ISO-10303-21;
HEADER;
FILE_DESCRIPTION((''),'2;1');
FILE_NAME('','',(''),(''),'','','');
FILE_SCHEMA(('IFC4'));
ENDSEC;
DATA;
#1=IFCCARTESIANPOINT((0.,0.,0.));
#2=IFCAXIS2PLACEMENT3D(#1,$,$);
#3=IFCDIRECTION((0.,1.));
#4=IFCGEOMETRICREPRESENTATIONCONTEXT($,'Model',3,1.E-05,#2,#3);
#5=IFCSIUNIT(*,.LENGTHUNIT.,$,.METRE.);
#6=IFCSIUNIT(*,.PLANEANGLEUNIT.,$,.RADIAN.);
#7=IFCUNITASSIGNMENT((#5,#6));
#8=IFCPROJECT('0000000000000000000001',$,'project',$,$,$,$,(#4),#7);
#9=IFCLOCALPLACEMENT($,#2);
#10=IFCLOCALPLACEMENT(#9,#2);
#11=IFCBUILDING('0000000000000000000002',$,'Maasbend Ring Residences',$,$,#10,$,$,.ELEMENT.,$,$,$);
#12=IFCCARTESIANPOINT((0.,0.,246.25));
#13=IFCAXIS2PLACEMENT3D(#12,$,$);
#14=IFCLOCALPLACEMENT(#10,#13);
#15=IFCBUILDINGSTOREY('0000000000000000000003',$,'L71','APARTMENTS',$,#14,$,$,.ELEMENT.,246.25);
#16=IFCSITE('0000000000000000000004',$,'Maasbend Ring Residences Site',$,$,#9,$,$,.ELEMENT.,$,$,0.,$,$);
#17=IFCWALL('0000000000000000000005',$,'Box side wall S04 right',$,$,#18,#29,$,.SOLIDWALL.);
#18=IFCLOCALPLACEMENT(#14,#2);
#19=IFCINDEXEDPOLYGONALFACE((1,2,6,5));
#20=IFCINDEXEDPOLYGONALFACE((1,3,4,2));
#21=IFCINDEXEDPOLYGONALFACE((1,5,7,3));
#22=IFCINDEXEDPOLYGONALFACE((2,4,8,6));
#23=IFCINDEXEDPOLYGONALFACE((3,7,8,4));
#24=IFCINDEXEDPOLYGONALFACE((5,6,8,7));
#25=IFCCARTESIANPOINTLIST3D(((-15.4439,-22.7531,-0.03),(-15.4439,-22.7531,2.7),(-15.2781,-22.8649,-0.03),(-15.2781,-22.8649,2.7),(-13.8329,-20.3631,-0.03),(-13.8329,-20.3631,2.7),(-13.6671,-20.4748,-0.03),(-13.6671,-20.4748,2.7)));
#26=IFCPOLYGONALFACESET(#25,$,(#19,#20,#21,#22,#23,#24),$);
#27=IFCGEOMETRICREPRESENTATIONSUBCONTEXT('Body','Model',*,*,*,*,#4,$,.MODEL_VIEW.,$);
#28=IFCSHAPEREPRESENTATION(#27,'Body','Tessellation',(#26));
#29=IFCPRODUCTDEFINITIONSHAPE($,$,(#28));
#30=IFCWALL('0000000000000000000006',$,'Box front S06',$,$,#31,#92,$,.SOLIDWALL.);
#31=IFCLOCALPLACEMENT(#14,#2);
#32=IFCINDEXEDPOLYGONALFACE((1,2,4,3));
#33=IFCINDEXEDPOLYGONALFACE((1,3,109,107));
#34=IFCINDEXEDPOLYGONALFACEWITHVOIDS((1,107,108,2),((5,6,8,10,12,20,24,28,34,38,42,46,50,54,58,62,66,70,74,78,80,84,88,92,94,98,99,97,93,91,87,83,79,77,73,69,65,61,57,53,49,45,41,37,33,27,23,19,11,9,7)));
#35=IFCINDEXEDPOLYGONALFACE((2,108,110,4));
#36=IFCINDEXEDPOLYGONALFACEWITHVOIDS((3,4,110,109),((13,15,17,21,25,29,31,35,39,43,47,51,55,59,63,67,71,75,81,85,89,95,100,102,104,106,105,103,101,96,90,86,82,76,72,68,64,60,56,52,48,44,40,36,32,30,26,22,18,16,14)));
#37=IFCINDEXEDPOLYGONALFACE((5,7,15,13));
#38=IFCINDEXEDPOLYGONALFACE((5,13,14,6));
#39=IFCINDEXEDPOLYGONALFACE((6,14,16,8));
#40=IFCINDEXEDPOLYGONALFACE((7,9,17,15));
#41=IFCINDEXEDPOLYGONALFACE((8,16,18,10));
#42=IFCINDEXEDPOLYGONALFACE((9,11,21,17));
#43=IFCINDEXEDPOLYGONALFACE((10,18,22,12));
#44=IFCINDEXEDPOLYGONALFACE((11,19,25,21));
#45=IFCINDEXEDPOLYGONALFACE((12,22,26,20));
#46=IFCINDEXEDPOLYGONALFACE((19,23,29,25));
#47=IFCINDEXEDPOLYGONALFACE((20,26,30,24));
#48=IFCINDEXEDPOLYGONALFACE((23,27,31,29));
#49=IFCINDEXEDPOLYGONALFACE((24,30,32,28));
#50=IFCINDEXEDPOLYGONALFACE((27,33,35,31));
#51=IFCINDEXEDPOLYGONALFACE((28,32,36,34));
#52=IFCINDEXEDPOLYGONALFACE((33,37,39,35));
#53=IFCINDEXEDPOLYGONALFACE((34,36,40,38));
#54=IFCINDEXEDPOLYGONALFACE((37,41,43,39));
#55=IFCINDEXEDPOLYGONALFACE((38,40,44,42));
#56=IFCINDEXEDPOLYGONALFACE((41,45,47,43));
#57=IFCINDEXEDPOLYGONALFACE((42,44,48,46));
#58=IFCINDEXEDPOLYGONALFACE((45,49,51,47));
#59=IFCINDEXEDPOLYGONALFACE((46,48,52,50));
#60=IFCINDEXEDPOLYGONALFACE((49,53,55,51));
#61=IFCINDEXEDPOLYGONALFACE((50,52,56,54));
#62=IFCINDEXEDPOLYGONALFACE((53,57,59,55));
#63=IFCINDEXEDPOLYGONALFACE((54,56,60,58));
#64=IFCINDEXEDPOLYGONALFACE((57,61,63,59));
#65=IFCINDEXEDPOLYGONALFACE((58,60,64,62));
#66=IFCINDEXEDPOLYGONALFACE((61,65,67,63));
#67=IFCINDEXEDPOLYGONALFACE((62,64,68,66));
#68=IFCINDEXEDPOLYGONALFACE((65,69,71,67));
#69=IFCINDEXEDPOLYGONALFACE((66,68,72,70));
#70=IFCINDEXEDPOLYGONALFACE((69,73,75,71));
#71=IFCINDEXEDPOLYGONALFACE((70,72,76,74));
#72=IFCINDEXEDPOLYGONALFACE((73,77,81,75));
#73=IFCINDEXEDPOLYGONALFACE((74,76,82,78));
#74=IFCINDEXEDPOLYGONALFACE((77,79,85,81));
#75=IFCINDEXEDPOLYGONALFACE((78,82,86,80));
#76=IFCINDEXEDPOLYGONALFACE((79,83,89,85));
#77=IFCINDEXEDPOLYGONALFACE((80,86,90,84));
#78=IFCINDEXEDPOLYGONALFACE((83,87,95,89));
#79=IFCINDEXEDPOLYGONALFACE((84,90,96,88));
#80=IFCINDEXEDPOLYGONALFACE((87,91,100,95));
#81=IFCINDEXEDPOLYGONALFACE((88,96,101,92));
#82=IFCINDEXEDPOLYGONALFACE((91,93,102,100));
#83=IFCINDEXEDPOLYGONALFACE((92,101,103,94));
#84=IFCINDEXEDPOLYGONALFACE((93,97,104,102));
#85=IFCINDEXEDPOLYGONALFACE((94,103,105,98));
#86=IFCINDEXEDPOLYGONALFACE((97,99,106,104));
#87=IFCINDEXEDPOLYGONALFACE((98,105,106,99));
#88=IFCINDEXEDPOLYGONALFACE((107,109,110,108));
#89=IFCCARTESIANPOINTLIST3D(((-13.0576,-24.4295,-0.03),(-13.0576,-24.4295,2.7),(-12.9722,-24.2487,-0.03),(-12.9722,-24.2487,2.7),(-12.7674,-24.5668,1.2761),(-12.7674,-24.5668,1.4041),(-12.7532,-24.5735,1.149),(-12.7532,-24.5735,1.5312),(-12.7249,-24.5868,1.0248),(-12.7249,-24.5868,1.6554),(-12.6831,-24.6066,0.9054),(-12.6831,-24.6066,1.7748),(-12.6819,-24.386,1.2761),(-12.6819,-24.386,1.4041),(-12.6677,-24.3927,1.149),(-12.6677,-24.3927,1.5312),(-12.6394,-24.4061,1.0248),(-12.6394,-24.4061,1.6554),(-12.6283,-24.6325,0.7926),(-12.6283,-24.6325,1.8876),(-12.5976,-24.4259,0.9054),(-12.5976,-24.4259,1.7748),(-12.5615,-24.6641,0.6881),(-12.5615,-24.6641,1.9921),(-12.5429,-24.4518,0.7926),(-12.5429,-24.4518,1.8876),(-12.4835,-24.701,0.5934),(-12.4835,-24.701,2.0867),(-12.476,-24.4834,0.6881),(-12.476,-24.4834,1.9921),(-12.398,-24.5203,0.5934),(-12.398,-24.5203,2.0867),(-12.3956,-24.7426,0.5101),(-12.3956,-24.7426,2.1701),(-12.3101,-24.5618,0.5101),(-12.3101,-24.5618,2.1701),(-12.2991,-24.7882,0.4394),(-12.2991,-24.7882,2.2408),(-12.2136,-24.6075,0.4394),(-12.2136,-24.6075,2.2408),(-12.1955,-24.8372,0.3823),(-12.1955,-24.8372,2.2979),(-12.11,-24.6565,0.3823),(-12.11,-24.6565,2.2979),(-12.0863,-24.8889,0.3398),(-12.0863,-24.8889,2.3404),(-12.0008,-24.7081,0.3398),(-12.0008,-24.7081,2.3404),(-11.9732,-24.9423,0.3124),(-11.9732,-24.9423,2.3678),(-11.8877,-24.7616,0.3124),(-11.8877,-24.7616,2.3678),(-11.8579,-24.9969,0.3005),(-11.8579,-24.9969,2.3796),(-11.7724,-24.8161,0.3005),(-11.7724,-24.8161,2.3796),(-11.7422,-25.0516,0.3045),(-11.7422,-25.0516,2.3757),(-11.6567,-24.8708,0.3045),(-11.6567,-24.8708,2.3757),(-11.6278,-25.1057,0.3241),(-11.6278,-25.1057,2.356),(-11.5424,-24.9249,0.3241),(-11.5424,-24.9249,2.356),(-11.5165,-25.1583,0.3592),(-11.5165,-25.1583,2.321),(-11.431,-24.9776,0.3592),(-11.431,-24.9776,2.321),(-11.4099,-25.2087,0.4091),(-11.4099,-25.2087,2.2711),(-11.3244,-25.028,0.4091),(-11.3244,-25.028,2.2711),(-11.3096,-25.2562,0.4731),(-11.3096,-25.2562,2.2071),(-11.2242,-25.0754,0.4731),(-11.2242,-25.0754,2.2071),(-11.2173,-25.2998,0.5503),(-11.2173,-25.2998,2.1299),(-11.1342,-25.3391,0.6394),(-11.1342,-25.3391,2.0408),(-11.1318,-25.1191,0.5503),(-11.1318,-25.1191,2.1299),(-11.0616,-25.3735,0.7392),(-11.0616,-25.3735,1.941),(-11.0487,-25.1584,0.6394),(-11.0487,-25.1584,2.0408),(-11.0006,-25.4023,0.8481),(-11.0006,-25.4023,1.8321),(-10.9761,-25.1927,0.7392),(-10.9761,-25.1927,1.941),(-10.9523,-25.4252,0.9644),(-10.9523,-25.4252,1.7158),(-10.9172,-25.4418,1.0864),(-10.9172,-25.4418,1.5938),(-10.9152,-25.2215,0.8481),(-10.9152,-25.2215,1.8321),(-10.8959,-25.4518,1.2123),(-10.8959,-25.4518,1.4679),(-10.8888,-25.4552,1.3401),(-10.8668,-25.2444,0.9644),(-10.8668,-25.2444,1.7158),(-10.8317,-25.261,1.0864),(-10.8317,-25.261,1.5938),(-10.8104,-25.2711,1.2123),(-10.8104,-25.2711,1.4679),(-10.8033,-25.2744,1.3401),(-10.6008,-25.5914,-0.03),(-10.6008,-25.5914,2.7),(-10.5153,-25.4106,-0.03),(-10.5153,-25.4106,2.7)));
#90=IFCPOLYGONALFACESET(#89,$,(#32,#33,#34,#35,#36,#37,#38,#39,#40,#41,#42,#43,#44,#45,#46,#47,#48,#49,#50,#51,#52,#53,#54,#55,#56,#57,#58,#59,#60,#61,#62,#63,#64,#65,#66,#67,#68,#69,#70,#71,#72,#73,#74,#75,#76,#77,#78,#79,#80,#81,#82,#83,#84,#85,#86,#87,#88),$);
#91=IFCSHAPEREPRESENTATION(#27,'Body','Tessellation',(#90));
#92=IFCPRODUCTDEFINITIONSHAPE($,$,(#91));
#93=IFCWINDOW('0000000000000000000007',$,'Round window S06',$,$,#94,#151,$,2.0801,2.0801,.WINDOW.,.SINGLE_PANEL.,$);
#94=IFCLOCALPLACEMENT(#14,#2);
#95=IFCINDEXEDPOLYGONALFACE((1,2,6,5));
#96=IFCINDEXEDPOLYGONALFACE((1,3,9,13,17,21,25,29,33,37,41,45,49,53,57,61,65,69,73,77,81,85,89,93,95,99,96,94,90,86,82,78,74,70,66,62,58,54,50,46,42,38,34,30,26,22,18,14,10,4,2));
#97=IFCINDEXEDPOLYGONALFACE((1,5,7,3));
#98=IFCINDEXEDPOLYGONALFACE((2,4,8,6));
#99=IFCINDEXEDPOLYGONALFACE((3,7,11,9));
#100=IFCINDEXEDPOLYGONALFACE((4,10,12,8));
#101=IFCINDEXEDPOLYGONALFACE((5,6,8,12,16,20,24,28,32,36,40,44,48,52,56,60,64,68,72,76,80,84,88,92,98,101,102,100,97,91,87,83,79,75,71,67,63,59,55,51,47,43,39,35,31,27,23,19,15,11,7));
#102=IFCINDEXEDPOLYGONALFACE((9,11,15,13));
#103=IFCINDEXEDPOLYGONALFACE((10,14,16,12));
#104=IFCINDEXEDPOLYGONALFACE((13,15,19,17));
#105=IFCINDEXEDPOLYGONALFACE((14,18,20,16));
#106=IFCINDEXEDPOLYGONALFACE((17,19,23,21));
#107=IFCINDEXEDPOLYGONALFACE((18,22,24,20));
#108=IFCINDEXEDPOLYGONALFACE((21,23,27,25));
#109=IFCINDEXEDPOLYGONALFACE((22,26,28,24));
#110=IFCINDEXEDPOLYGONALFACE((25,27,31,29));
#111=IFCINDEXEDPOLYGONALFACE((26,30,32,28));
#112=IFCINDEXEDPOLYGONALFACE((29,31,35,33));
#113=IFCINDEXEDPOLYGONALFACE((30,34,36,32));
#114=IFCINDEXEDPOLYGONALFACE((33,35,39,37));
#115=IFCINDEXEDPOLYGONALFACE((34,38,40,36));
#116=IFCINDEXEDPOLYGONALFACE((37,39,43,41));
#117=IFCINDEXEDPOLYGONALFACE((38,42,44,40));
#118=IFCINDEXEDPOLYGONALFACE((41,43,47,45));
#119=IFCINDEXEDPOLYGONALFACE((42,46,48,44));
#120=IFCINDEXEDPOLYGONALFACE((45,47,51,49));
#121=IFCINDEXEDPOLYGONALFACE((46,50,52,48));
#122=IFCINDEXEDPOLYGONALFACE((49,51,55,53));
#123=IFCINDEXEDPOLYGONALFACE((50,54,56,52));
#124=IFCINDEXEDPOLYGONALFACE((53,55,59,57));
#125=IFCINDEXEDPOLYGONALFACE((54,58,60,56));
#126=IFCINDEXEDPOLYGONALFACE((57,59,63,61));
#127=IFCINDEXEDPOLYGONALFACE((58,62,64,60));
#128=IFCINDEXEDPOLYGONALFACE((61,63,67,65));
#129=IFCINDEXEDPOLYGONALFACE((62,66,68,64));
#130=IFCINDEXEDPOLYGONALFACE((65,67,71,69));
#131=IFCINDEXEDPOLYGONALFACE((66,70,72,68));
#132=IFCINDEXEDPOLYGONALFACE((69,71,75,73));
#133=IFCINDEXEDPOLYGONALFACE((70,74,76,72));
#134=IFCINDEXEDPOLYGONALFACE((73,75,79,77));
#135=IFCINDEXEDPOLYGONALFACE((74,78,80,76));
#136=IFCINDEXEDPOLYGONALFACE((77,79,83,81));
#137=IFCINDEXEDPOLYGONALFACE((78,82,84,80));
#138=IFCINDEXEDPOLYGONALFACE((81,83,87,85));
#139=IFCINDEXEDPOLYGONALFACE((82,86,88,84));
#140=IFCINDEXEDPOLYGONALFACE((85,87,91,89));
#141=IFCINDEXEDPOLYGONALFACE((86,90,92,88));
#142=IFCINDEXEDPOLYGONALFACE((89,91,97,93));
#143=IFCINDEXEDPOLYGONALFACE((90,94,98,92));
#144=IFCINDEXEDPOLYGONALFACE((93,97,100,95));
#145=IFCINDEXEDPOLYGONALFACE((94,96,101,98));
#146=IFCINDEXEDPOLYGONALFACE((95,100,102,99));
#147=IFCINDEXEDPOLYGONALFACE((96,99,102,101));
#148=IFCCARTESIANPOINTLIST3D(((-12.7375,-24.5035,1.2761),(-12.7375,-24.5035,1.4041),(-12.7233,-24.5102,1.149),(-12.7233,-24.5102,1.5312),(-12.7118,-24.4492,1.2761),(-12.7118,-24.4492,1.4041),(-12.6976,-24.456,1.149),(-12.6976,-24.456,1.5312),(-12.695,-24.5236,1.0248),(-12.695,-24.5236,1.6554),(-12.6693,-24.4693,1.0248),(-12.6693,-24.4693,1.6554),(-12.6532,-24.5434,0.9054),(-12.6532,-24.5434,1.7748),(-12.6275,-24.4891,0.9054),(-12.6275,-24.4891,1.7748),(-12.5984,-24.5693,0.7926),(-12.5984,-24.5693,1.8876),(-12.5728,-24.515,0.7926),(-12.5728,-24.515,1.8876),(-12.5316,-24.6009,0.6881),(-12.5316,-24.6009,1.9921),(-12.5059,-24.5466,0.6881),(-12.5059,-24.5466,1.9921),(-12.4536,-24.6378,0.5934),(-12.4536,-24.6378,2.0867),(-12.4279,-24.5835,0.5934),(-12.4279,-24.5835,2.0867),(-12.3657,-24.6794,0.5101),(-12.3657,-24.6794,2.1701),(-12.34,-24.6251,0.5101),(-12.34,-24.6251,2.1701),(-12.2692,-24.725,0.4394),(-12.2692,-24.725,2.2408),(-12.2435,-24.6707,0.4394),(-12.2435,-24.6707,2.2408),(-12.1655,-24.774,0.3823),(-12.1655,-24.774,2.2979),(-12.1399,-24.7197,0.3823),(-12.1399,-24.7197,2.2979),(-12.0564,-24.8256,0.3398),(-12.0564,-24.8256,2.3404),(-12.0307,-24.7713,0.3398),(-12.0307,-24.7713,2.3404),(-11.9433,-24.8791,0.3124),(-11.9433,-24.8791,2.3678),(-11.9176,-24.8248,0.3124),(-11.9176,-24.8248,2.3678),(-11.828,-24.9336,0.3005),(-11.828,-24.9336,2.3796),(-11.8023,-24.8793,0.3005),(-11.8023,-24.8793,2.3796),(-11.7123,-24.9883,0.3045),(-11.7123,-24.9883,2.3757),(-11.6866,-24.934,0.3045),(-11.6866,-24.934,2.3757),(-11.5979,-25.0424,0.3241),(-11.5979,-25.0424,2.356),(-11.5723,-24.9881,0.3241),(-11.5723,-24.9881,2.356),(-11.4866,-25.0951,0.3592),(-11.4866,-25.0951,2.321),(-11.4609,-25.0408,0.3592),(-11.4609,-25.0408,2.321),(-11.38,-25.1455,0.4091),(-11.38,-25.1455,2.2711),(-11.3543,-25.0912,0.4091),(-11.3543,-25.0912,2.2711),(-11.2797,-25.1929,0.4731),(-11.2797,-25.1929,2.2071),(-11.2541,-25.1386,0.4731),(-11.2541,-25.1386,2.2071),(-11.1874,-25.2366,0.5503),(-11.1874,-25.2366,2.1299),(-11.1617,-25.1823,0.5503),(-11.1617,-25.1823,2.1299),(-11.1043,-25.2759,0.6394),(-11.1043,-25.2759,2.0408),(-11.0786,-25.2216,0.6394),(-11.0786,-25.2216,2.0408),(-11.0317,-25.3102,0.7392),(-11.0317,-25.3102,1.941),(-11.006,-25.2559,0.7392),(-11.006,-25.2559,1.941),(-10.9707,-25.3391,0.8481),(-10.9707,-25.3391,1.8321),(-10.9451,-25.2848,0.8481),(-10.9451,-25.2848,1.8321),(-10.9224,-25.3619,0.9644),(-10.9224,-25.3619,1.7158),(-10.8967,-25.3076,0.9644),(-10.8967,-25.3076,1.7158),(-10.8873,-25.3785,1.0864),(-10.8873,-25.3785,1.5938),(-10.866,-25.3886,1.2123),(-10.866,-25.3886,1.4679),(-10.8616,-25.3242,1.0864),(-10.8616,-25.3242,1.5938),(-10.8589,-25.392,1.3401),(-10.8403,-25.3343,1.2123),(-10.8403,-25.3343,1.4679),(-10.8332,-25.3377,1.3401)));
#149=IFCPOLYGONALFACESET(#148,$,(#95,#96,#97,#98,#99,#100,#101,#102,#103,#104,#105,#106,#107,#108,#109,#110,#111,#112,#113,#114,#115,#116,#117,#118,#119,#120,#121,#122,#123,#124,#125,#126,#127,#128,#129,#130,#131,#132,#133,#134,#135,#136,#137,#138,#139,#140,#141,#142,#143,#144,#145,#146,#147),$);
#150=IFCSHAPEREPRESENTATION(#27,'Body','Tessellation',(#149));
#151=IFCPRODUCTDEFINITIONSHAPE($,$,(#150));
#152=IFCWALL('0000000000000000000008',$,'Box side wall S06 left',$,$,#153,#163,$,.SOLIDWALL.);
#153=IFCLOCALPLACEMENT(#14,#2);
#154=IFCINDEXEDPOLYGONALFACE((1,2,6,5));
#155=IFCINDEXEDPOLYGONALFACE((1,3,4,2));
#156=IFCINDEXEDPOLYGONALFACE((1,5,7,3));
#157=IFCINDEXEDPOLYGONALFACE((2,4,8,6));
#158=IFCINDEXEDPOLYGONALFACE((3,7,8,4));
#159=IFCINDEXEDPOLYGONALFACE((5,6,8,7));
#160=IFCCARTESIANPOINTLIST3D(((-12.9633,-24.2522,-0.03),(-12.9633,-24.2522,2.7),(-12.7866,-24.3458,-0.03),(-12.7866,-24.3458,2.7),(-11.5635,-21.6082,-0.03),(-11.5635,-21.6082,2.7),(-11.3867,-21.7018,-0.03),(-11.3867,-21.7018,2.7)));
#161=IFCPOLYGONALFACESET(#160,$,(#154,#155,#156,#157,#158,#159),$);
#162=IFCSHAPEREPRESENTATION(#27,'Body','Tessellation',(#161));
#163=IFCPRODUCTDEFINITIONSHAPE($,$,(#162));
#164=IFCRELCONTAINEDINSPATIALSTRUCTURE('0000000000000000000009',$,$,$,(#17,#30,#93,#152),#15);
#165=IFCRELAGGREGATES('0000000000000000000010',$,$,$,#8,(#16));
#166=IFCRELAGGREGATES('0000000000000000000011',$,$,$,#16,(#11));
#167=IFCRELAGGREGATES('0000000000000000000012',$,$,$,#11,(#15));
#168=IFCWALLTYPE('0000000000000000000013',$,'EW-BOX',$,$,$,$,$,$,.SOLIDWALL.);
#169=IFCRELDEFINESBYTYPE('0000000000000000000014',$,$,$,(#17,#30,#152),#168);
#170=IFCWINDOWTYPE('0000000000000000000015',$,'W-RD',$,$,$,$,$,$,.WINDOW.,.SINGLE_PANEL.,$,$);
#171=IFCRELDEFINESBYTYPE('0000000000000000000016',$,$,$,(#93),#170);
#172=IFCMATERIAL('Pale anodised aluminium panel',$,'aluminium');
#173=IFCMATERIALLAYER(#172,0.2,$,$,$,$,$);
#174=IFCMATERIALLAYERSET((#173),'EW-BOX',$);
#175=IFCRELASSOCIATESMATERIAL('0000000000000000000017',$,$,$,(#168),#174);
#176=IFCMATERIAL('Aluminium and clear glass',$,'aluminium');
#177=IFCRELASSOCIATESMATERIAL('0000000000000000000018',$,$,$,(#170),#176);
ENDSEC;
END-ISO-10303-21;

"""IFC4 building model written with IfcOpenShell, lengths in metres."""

from ifc_helpers import new_model, si_unit, direction, frame, frame_2d, origin, place, context, subcontext, project, spatial, rectangle, circle, extrude, material, layer, layer_set, type_object, element, fill, save


model = new_model("IFC4")

# Units and contexts
model_context = context("Model", 3, precision=1e-05, world=origin(), true_north=direction((0.0, 1.0)))
body_context = subcontext(model_context, "Body", "Model", "MODEL_VIEW")
ifc_project = project(units=[si_unit("LENGTHUNIT", "METRE"), si_unit("PLANEANGLEUNIT", "RADIAN")], contexts=[model_context])

# Site, building, storey
site_placement = place(None, origin())
site = spatial("IfcSite", under=ifc_project, at=site_placement, Name="Maasbend Ring Residences Site", CompositionType="ELEMENT", RefElevation=0.0)
building_placement = place(site_placement, origin())
building = spatial("IfcBuilding", under=site, at=building_placement, Name="Maasbend Ring Residences", CompositionType="ELEMENT")
storey_placement = place(building_placement, frame((0.0, 0.0, 246.25)))
storey = spatial("IfcBuildingStorey", under=building, at=storey_placement, Name="L71", Description="APARTMENTS", CompositionType="ELEMENT", Elevation=246.25)

# Shared definitions
ifc_material_1 = material(Name="Pale anodised aluminium panel", Category="aluminium")
ifc_layer_1 = layer(ifc_material_1, 0.2)
ifc_layer_set_1 = layer_set([ifc_layer_1], Name="EW-BOX")
wall_type_1 = type_object("IfcWallType", Name="EW-BOX", PredefinedType="SOLIDWALL", material=ifc_layer_set_1)
ifc_material_2 = material(Name="Aluminium and clear glass", Category="aluminium")
window_type_1 = type_object("IfcWindowType", Name="W-RD", PartitioningType="SINGLE_PANEL", PredefinedType="WINDOW", material=ifc_material_2)

# Wall
wall_1_placement = place(storey_placement, frame((-13.75, -20.4189, -0.03), z_axis=(0.0, 0.0, 1.0), x_axis=(-0.558934, -0.829212, 0.0)))
element("IfcWall", 1, at=wall_1_placement, inside=storey, type_object=wall_type_1, Name="Box side wall S04 right", PredefinedType="SOLIDWALL", context=body_context, shape_type="SweptSolid", body=[
    extrude(rectangle(XDim=2.8823, YDim=0.2, at=frame_2d((1.4412, 0.0))), origin(), (0.0, 0.0, 1.0), 2.73),
])

# Wall, opening, window
wall_2_placement = place(storey_placement, frame((-13.0149, -24.3391, -0.03), z_axis=(0.0, 0.0, 1.0), x_axis=(0.904005, -0.427522, 0.0)))
wall_2 = element("IfcWall", 2, at=wall_2_placement, inside=storey, type_object=wall_type_1, Name="Box front S06", PredefinedType="SOLIDWALL", context=body_context, shape_type="SweptSolid", body=[
    extrude(rectangle(XDim=2.7178, YDim=0.2, at=frame_2d((1.3589, 0.0))), origin(), (0.0, 0.0, 1.0), 2.73),
])
opening_1_placement = place(wall_2_placement, frame((0.3191, 0.0, 0.3301)))
opening_1 = element("IfcOpeningElement", 3, at=opening_1_placement, cuts=wall_2, PredefinedType="OPENING", context=body_context, shape_type="SweptSolid", body=[
    extrude(circle(Radius=1.04, at=frame_2d((1.04, 1.04))), frame((0.0, 0.1099, 0.0), z_axis=(0.0, -1.0, 0.0), x_axis=(1.0, 0.0, 0.0)), (0.0, 0.0, 1.0), 0.22),
])
window_1_placement = place(opening_1_placement, origin())
window_1 = element("IfcWindow", 4, at=window_1_placement, inside=storey, type_object=window_type_1, Name="Round window S06", OverallHeight=2.0801, OverallWidth=2.0801, PartitioningType="SINGLE_PANEL", PredefinedType="WINDOW", context=body_context, shape_type="SweptSolid", body=[
    extrude(circle(Radius=1.04, at=frame_2d((1.04, 1.04))), frame((0.0, 0.03, 0.0), z_axis=(0.0, -1.0, 0.0), x_axis=(1.0, 0.0, 0.0)), (0.0, 0.0, 1.0), 0.0601),
])
fill(opening_1, window_1)

# Wall
wall_3_placement = place(storey_placement, frame((-11.4751, -21.655, -0.03), z_axis=(0.0, 0.0, 1.0), x_axis=(-0.467918, -0.883772, 0.0)))
element("IfcWall", 5, at=wall_3_placement, inside=storey, type_object=wall_type_1, Name="Box side wall S06 left", PredefinedType="SOLIDWALL", context=body_context, shape_type="SweptSolid", body=[
    extrude(rectangle(XDim=2.9917, YDim=0.2, at=frame_2d((1.4958, 0.0))), origin(), (0.0, 0.0, 1.0), 2.73),
])

save(model, "model.ifc")
